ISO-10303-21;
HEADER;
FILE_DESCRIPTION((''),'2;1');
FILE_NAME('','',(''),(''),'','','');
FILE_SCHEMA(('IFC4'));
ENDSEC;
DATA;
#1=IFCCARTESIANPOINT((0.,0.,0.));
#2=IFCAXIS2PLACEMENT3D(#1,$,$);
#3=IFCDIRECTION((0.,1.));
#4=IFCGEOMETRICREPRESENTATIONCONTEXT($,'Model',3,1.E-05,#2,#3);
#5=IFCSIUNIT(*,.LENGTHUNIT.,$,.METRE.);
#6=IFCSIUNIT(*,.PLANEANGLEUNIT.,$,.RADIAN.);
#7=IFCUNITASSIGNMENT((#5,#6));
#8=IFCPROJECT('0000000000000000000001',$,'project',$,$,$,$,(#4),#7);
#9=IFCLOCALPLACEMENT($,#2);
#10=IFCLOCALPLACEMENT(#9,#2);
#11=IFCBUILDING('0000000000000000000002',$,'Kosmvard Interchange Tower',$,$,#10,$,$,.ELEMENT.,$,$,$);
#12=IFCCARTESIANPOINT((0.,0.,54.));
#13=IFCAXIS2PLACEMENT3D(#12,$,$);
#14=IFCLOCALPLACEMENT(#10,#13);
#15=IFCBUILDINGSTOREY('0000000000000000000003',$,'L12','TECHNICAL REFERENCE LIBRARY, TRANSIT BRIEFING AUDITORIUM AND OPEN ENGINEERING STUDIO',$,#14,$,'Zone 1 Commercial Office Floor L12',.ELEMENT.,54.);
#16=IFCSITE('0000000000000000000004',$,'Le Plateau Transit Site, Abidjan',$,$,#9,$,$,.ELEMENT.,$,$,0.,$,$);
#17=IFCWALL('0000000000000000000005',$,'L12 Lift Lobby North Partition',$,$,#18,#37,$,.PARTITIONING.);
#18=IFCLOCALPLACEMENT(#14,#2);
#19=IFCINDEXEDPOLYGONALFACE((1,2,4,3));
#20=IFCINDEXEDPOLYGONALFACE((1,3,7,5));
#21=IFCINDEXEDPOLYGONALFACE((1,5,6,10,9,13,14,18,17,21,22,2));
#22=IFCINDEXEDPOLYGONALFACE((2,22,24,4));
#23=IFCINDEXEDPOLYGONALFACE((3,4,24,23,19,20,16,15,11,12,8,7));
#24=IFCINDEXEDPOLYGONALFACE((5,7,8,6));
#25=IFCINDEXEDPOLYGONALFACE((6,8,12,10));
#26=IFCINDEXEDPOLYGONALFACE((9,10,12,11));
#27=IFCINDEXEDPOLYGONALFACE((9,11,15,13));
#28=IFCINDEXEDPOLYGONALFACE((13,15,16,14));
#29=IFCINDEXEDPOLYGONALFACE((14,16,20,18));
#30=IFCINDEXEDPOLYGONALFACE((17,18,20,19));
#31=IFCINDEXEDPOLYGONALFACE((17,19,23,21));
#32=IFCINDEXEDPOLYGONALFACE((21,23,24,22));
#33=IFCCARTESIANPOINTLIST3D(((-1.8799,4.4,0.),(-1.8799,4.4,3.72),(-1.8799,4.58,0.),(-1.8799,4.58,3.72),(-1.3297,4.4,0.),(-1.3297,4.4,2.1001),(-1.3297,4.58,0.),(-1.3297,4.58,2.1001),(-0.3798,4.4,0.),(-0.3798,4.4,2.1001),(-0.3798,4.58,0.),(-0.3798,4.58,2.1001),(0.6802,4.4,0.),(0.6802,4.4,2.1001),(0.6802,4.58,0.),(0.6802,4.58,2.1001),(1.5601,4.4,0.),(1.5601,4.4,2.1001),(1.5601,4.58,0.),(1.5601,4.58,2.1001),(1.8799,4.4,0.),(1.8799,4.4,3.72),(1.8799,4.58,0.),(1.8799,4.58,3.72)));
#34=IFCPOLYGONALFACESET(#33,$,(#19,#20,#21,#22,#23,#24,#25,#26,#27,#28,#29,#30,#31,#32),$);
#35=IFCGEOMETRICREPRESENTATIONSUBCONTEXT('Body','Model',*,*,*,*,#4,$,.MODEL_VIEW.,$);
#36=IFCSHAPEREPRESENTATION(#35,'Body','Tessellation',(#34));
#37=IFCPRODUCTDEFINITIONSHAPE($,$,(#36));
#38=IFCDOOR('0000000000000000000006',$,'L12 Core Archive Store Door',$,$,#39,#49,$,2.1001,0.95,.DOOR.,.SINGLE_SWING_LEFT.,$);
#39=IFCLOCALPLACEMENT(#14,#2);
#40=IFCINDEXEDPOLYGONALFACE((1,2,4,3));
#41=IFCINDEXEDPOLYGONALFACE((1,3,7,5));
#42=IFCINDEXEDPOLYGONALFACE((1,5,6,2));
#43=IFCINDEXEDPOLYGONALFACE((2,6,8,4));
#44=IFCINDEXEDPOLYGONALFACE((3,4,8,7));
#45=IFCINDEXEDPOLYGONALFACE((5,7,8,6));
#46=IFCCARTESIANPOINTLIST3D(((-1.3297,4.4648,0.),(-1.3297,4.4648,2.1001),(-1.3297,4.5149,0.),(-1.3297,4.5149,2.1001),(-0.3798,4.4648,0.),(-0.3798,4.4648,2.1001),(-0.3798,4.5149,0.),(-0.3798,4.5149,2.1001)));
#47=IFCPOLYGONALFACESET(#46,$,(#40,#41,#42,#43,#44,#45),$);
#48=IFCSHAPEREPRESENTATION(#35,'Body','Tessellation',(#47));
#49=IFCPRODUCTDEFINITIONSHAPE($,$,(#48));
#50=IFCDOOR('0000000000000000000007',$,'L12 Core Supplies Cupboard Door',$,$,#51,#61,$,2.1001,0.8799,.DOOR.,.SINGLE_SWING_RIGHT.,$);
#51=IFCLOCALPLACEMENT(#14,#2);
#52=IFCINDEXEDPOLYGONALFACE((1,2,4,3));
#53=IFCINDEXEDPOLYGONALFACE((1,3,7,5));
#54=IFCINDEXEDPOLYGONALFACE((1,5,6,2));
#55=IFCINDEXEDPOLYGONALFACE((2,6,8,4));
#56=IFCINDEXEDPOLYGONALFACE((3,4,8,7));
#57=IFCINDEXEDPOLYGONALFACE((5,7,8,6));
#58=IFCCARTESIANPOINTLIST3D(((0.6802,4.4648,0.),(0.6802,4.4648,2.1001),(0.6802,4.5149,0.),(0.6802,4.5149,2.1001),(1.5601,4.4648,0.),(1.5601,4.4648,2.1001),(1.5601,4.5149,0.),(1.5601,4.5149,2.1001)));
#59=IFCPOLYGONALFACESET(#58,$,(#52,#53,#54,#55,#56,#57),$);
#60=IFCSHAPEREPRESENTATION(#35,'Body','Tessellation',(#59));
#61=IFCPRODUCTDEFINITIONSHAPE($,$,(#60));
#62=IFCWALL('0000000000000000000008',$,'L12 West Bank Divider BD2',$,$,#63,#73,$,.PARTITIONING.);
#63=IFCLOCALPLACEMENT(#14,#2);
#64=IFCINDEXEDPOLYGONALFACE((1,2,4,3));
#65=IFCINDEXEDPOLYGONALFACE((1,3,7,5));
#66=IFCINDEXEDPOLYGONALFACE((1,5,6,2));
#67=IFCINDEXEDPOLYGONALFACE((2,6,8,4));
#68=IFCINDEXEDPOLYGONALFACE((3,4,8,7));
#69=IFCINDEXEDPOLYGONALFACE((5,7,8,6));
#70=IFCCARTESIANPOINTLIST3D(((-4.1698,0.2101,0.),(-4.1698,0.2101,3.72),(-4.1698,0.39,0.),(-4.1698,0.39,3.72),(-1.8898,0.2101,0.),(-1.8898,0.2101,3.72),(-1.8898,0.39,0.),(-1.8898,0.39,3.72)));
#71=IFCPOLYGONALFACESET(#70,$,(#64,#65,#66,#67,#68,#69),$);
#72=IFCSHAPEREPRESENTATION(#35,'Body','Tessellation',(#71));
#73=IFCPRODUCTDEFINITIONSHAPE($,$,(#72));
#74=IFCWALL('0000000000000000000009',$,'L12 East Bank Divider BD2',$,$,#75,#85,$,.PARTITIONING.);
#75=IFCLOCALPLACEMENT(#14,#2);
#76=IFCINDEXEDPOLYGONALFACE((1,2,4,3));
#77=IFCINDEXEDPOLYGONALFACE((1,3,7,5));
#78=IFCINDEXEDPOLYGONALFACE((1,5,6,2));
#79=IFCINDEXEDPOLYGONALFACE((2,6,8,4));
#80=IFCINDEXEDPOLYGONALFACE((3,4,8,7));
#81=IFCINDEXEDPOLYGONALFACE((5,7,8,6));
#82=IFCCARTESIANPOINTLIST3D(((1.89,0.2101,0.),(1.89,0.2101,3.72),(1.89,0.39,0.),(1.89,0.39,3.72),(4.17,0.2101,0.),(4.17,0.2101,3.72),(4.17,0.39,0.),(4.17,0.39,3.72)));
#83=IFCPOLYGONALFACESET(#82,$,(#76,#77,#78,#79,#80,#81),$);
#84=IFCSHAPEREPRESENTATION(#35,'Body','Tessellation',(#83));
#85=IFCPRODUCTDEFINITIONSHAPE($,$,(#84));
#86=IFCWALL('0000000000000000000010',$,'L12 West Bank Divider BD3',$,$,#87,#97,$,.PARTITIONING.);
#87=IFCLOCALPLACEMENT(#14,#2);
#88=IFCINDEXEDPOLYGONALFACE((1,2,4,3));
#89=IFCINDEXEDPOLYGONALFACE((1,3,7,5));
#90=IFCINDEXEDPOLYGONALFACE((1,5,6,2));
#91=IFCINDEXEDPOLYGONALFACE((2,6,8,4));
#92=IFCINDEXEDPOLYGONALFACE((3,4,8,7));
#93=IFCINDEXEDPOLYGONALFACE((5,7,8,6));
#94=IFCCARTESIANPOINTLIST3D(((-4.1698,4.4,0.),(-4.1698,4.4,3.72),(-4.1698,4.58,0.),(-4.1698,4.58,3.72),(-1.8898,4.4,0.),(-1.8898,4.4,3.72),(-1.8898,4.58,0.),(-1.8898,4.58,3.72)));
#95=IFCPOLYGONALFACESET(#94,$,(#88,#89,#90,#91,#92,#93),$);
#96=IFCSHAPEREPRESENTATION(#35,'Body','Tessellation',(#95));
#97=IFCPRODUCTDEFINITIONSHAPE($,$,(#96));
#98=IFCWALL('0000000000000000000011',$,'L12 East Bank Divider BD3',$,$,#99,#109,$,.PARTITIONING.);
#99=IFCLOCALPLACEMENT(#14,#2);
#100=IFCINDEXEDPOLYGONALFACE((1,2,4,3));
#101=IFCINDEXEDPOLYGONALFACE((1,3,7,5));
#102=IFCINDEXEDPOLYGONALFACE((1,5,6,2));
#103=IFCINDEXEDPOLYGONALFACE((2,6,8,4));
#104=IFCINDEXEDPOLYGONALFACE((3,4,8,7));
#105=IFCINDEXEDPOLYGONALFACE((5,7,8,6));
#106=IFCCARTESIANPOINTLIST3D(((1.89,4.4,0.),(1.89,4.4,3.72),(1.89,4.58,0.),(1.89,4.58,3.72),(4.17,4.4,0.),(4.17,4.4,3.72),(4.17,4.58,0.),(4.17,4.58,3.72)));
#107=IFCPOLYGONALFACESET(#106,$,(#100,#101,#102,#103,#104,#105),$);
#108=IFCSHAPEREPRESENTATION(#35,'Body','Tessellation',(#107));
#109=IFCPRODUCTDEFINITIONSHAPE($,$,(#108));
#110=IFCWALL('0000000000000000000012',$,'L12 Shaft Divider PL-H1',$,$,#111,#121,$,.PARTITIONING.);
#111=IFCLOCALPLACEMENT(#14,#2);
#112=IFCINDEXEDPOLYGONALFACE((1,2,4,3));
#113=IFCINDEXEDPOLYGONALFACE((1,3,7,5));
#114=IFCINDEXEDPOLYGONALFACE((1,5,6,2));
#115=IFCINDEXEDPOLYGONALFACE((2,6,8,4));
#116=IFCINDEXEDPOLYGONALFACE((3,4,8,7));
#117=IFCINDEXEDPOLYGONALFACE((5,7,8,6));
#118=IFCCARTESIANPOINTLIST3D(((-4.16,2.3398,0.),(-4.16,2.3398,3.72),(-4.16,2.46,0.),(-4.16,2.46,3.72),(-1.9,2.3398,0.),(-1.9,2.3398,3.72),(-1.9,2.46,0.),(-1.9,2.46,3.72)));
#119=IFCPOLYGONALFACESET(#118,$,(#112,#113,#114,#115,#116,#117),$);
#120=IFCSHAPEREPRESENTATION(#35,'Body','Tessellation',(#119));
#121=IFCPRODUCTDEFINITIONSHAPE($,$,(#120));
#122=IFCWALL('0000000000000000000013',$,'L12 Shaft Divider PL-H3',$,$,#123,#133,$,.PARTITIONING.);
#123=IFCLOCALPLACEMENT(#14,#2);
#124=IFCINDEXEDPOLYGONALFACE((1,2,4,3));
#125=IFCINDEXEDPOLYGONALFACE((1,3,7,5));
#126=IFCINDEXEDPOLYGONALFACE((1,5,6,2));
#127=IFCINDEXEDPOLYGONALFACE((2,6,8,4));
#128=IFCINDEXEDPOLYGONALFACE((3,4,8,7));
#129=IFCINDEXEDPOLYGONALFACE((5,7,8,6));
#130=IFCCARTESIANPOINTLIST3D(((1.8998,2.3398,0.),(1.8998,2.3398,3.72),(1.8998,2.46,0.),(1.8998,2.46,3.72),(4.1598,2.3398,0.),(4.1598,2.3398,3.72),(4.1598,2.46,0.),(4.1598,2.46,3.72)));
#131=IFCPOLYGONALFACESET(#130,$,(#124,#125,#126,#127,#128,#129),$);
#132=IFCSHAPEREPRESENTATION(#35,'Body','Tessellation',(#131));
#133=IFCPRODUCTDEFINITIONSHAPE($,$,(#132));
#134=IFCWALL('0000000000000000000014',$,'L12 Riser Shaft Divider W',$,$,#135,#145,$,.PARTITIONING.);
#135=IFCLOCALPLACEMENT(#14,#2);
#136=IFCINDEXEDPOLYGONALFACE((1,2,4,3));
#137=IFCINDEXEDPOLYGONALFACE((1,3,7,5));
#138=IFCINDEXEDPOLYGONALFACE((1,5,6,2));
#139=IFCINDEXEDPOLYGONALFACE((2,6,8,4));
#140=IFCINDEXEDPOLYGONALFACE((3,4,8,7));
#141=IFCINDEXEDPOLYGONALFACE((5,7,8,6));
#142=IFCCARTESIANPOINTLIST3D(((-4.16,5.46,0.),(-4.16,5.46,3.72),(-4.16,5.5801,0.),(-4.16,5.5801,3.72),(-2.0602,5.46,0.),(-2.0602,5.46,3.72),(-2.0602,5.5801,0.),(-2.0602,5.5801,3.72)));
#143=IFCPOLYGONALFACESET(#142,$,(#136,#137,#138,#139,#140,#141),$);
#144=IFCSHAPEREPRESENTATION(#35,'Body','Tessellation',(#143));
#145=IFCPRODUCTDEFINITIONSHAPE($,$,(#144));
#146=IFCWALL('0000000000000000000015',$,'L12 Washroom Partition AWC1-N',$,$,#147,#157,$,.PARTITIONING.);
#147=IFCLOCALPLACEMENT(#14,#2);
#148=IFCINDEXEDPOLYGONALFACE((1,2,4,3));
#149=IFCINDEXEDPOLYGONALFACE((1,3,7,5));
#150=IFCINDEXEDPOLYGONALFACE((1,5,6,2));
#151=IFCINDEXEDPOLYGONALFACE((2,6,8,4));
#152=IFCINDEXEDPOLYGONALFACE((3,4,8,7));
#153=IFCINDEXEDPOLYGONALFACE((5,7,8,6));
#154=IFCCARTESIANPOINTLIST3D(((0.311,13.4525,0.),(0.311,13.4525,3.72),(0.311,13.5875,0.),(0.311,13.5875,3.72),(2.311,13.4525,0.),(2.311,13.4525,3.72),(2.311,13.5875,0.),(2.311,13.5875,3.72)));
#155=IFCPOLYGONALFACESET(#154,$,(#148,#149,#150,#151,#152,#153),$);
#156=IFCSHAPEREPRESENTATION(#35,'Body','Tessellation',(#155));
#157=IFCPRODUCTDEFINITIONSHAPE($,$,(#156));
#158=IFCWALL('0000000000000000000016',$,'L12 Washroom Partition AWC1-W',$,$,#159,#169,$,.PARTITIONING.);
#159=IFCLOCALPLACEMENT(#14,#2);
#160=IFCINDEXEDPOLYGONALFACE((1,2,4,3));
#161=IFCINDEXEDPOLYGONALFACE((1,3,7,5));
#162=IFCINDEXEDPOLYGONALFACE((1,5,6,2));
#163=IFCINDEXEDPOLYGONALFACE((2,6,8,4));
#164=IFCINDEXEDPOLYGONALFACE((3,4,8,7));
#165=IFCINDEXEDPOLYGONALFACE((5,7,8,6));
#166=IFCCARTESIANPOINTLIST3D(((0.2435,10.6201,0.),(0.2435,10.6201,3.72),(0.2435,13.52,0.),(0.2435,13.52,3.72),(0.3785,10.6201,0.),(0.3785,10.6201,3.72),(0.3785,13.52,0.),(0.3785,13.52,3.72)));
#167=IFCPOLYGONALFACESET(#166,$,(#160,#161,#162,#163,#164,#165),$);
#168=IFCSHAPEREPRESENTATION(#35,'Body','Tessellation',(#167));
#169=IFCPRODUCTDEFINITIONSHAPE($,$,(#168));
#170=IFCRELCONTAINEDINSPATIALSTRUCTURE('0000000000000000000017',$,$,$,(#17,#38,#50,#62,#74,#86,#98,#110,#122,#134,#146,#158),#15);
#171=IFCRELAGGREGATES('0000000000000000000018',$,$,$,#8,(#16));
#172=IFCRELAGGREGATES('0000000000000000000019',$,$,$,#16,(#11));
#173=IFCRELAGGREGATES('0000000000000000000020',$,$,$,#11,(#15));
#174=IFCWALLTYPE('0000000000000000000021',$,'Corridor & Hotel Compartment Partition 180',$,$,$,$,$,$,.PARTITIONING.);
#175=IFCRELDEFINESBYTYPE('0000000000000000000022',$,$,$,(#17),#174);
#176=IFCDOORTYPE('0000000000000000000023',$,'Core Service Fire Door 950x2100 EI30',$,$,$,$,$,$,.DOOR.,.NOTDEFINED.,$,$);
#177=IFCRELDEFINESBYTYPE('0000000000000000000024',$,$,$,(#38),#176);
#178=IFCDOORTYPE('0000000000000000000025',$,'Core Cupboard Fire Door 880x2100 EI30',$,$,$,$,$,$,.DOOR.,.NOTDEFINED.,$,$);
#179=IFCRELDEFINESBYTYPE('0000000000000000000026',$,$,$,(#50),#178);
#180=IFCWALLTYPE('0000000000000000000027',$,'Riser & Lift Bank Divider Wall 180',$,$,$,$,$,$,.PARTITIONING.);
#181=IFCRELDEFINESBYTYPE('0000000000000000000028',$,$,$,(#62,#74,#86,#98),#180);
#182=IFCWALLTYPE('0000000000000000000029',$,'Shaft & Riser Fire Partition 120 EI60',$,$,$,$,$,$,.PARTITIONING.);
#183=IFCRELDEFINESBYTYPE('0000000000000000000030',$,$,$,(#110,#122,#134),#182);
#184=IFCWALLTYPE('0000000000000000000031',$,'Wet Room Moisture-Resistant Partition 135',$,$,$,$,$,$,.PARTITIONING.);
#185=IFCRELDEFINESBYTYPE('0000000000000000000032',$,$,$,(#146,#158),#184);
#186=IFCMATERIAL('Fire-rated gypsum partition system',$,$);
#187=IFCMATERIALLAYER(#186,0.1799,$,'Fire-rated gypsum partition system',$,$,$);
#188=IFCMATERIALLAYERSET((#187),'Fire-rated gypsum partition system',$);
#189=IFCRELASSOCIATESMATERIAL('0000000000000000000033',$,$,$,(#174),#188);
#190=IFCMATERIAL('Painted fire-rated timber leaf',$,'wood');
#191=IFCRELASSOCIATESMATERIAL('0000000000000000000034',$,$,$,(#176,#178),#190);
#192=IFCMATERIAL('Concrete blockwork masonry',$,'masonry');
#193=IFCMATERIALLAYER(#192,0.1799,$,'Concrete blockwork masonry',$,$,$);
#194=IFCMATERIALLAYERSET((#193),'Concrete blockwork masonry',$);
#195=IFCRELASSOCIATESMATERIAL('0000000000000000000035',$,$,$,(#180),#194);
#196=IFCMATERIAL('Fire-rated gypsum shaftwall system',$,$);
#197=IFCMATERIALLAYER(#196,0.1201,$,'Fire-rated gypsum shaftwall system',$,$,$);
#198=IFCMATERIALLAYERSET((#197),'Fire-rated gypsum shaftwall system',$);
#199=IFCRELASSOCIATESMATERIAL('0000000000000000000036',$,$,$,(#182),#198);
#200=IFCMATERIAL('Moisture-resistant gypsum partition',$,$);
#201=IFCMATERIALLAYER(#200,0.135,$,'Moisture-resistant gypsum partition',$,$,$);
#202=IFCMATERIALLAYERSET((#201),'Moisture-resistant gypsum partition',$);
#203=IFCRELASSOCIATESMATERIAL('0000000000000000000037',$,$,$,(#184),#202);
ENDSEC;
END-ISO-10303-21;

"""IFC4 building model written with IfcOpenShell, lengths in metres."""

from ifc_helpers import new_model, si_unit, direction, frame, frame_2d, origin, place, context, subcontext, project, spatial, rectangle, extrude, source, transform, mapped, material, layer, layer_set, type_object, element, fill, save


model = new_model("IFC4")

# Units and contexts
model_context = context("Model", 3, precision=1e-05, world=origin(), true_north=direction((0.0, 1.0)))
body_context = subcontext(model_context, "Body", "Model", "MODEL_VIEW")
ifc_project = project(units=[si_unit("LENGTHUNIT", "METRE"), si_unit("PLANEANGLEUNIT", "RADIAN")], contexts=[model_context])

# Site, building, storey
site_placement = place(None, origin())
site = spatial("IfcSite", under=ifc_project, at=site_placement, Name="Le Plateau Transit Site, Abidjan", CompositionType="ELEMENT", RefElevation=0.0)
building_placement = place(site_placement, origin())
building = spatial("IfcBuilding", under=site, at=building_placement, Name="Kosmvard Interchange Tower", CompositionType="ELEMENT")
storey_placement = place(building_placement, frame((0.0, 0.0, 54.0)))
storey = spatial("IfcBuildingStorey", under=building, at=storey_placement, Name="L12", Description="TECHNICAL REFERENCE LIBRARY, TRANSIT BRIEFING AUDITORIUM AND OPEN ENGINEERING STUDIO", LongName="Zone 1 Commercial Office Floor L12", CompositionType="ELEMENT", Elevation=54.0)

# Shared definitions
ifc_material_1 = material(Name="Fire-rated gypsum partition system")
ifc_material_2 = material(Name="Concrete blockwork masonry", Category="masonry")

# Wall, openings, doors
ifc_layer_1 = layer(ifc_material_1, 0.1799, Name="Fire-rated gypsum partition system")
ifc_layer_set_1 = layer_set([ifc_layer_1], Name="Fire-rated gypsum partition system")
wall_type_1 = type_object("IfcWallType", Name="Corridor & Hotel Compartment Partition 180", PredefinedType="PARTITIONING", material=ifc_layer_set_1)
wall_1_placement = place(storey_placement, frame((-1.8799, 4.49, 0.0), z_axis=(0.0, 0.0, 1.0), x_axis=(1.0, 0.0, 0.0)))
wall_1 = element("IfcWall", 1, at=wall_1_placement, inside=storey, type_object=wall_type_1, Name="L12 Lift Lobby North Partition", PredefinedType="PARTITIONING", context=body_context, shape_type="SweptSolid", body=[
    extrude(rectangle(XDim=3.7598, YDim=0.1799, at=frame_2d((1.8799, 0.0))), origin(), (0.0, 0.0, 1.0), 3.72),
])
opening_1_placement = place(wall_1_placement, frame((0.55, 0.0, 0.0)))
opening_1 = element("IfcOpeningElement", 2, at=opening_1_placement, cuts=wall_1, PredefinedType="OPENING", context=body_context, shape_type="SweptSolid", body=[
    extrude(rectangle(XDim=0.95, YDim=2.1001, at=frame_2d((0.4751, 1.05))), frame((0.0, 0.1001, 0.0), z_axis=(0.0, -1.0, 0.0), x_axis=(1.0, 0.0, 0.0)), (0.0, 0.0, 1.0), 0.2),
])
opening_2_placement = place(wall_1_placement, frame((2.5601, 0.0, 0.0)))
opening_2 = element("IfcOpeningElement", 3, at=opening_2_placement, cuts=wall_1, PredefinedType="OPENING", context=body_context, shape_type="SweptSolid", body=[
    extrude(rectangle(XDim=0.8799, YDim=2.1001, at=frame_2d((0.4399, 1.05))), frame((0.0, 0.1001, 0.0), z_axis=(0.0, -1.0, 0.0), x_axis=(1.0, 0.0, 0.0)), (0.0, 0.0, 1.0), 0.2),
])
ifc_material_3 = material(Name="Painted fire-rated timber leaf", Category="wood")
door_type_1 = type_object("IfcDoorType", Name="Core Service Fire Door 950x2100 EI30", OperationType="NOTDEFINED", PredefinedType="DOOR", material=ifc_material_3)
shared_shape_1 = source(origin(), body_context, "Body", "SweptSolid", [
    extrude(rectangle(XDim=0.95, YDim=2.1001, at=frame_2d((0.4751, 1.05))), frame((0.0, 0.0249, 0.0), z_axis=(0.0, -1.0, 0.0), x_axis=(1.0, 0.0, 0.0)), (0.0, 0.0, 1.0), 0.05),
])
door_1_placement = place(opening_1_placement, origin())
door_1 = element("IfcDoor", 4, at=door_1_placement, inside=storey, type_object=door_type_1, Name="L12 Core Archive Store Door", OperationType="SINGLE_SWING_LEFT", OverallHeight=2.1001, OverallWidth=0.95, PredefinedType="DOOR", context=body_context, shape_type="MappedRepresentation", body=[
    mapped(shared_shape_1, transform((0.0, 0.0, 0.0), scale=1.0)),
])
fill(opening_1, door_1)
door_type_2 = type_object("IfcDoorType", Name="Core Cupboard Fire Door 880x2100 EI30", OperationType="NOTDEFINED", PredefinedType="DOOR", material=ifc_material_3)
shared_shape_2 = source(origin(), body_context, "Body", "SweptSolid", [
    extrude(rectangle(XDim=0.8799, YDim=2.1001, at=frame_2d((0.4399, 1.05))), frame((0.0, 0.0249, 0.0), z_axis=(0.0, -1.0, 0.0), x_axis=(1.0, 0.0, 0.0)), (0.0, 0.0, 1.0), 0.05),
])
door_2_placement = place(opening_2_placement, origin())
door_2 = element("IfcDoor", 5, at=door_2_placement, inside=storey, type_object=door_type_2, Name="L12 Core Supplies Cupboard Door", OperationType="SINGLE_SWING_RIGHT", OverallHeight=2.1001, OverallWidth=0.8799, PredefinedType="DOOR", context=body_context, shape_type="MappedRepresentation", body=[
    mapped(shared_shape_2, transform((0.0, 0.0, 0.0), scale=1.0)),
])
fill(opening_2, door_2)

# Walls
ifc_layer_2 = layer(ifc_material_2, 0.1799, Name="Concrete blockwork masonry")
ifc_layer_set_2 = layer_set([ifc_layer_2], Name="Concrete blockwork masonry")
wall_type_2 = type_object("IfcWallType", Name="Riser & Lift Bank Divider Wall 180", PredefinedType="PARTITIONING", material=ifc_layer_set_2)
for number, where, z_axis, x_axis, name in (
    (6, (-4.1699, 0.3, 0.0), (0.0, 0.0, 1.0), (1.0, 0.0, 0.0), "L12 West Bank Divider BD2"),
    (7, (1.8899, 0.3, 0.0), (0.0, 0.0, 1.0), (1.0, 0.0, 0.0), "L12 East Bank Divider BD2"),
    (8, (-4.1699, 4.49, 0.0), (0.0, 0.0, 1.0), (1.0, 0.0, 0.0), "L12 West Bank Divider BD3"),
    (9, (1.8899, 4.49, 0.0), (0.0, 0.0, 1.0), (1.0, 0.0, 0.0), "L12 East Bank Divider BD3"),
):
    element("IfcWall", number, at=place(storey_placement, frame(where, z_axis=z_axis, x_axis=x_axis)), inside=storey, type_object=wall_type_2, Name=name, PredefinedType="PARTITIONING", context=body_context, shape_type="SweptSolid", body=[
        extrude(rectangle(XDim=2.28, YDim=0.1799, at=frame_2d((1.1401, 0.0))), origin(), (0.0, 0.0, 1.0), 3.72),
    ])
ifc_material_4 = material(Name="Fire-rated gypsum shaftwall system")
ifc_layer_3 = layer(ifc_material_4, 0.1201, Name="Fire-rated gypsum shaftwall system")
ifc_layer_set_3 = layer_set([ifc_layer_3], Name="Fire-rated gypsum shaftwall system")
wall_type_3 = type_object("IfcWallType", Name="Shaft & Riser Fire Partition 120 EI60", PredefinedType="PARTITIONING", material=ifc_layer_set_3)
for number, where, z_axis, x_axis, name in (
    (10, (-4.1599, 2.3999, 0.0), (0.0, 0.0, 1.0), (1.0, 0.0, 0.0), "L12 Shaft Divider PL-H1"),
    (11, (1.8999, 2.3999, 0.0), (0.0, 0.0, 1.0), (1.0, 0.0, 0.0), "L12 Shaft Divider PL-H3"),
):
    element("IfcWall", number, at=place(storey_placement, frame(where, z_axis=z_axis, x_axis=x_axis)), inside=storey, type_object=wall_type_3, Name=name, PredefinedType="PARTITIONING", context=body_context, shape_type="SweptSolid", body=[
        extrude(rectangle(XDim=2.26, YDim=0.1201, at=frame_2d((1.1299, 0.0))), origin(), (0.0, 0.0, 1.0), 3.72),
    ])
wall_2_placement = place(storey_placement, frame((-4.1599, 5.52, 0.0), z_axis=(0.0, 0.0, 1.0), x_axis=(1.0, 0.0, 0.0)))
element("IfcWall", 12, at=wall_2_placement, inside=storey, type_object=wall_type_3, Name="L12 Riser Shaft Divider W", PredefinedType="PARTITIONING", context=body_context, shape_type="SweptSolid", body=[
    extrude(rectangle(XDim=2.0999, YDim=0.1201, at=frame_2d((1.0498, 0.0))), origin(), (0.0, 0.0, 1.0), 3.72),
])
ifc_material_5 = material(Name="Moisture-resistant gypsum partition")
ifc_layer_4 = layer(ifc_material_5, 0.135, Name="Moisture-resistant gypsum partition")
ifc_layer_set_4 = layer_set([ifc_layer_4], Name="Moisture-resistant gypsum partition")
wall_type_4 = type_object("IfcWallType", Name="Wet Room Moisture-Resistant Partition 135", PredefinedType="PARTITIONING", material=ifc_layer_set_4)
wall_3_placement = place(storey_placement, frame((0.311, 13.52, 0.0), z_axis=(0.0, 0.0, 1.0), x_axis=(1.0, 0.0, 0.0)))
element("IfcWall", 13, at=wall_3_placement, inside=storey, type_object=wall_type_4, Name="L12 Washroom Partition AWC1-N", PredefinedType="PARTITIONING", context=body_context, shape_type="SweptSolid", body=[
    extrude(rectangle(XDim=2.0, YDim=0.135, at=frame_2d((1.0, 0.0))), origin(), (0.0, 0.0, 1.0), 3.72),
])
wall_4_placement = place(storey_placement, frame((0.311, 10.6201, 0.0), z_axis=(0.0, 0.0, 1.0), x_axis=(0.0, 1.0, 0.0)))
element("IfcWall", 14, at=wall_4_placement, inside=storey, type_object=wall_type_4, Name="L12 Washroom Partition AWC1-W", PredefinedType="PARTITIONING", context=body_context, shape_type="SweptSolid", body=[
    extrude(rectangle(XDim=2.8999, YDim=0.135, at=frame_2d((1.45, 0.0))), origin(), (0.0, 0.0, 1.0), 3.72),
])

save(model, "model.ifc")
